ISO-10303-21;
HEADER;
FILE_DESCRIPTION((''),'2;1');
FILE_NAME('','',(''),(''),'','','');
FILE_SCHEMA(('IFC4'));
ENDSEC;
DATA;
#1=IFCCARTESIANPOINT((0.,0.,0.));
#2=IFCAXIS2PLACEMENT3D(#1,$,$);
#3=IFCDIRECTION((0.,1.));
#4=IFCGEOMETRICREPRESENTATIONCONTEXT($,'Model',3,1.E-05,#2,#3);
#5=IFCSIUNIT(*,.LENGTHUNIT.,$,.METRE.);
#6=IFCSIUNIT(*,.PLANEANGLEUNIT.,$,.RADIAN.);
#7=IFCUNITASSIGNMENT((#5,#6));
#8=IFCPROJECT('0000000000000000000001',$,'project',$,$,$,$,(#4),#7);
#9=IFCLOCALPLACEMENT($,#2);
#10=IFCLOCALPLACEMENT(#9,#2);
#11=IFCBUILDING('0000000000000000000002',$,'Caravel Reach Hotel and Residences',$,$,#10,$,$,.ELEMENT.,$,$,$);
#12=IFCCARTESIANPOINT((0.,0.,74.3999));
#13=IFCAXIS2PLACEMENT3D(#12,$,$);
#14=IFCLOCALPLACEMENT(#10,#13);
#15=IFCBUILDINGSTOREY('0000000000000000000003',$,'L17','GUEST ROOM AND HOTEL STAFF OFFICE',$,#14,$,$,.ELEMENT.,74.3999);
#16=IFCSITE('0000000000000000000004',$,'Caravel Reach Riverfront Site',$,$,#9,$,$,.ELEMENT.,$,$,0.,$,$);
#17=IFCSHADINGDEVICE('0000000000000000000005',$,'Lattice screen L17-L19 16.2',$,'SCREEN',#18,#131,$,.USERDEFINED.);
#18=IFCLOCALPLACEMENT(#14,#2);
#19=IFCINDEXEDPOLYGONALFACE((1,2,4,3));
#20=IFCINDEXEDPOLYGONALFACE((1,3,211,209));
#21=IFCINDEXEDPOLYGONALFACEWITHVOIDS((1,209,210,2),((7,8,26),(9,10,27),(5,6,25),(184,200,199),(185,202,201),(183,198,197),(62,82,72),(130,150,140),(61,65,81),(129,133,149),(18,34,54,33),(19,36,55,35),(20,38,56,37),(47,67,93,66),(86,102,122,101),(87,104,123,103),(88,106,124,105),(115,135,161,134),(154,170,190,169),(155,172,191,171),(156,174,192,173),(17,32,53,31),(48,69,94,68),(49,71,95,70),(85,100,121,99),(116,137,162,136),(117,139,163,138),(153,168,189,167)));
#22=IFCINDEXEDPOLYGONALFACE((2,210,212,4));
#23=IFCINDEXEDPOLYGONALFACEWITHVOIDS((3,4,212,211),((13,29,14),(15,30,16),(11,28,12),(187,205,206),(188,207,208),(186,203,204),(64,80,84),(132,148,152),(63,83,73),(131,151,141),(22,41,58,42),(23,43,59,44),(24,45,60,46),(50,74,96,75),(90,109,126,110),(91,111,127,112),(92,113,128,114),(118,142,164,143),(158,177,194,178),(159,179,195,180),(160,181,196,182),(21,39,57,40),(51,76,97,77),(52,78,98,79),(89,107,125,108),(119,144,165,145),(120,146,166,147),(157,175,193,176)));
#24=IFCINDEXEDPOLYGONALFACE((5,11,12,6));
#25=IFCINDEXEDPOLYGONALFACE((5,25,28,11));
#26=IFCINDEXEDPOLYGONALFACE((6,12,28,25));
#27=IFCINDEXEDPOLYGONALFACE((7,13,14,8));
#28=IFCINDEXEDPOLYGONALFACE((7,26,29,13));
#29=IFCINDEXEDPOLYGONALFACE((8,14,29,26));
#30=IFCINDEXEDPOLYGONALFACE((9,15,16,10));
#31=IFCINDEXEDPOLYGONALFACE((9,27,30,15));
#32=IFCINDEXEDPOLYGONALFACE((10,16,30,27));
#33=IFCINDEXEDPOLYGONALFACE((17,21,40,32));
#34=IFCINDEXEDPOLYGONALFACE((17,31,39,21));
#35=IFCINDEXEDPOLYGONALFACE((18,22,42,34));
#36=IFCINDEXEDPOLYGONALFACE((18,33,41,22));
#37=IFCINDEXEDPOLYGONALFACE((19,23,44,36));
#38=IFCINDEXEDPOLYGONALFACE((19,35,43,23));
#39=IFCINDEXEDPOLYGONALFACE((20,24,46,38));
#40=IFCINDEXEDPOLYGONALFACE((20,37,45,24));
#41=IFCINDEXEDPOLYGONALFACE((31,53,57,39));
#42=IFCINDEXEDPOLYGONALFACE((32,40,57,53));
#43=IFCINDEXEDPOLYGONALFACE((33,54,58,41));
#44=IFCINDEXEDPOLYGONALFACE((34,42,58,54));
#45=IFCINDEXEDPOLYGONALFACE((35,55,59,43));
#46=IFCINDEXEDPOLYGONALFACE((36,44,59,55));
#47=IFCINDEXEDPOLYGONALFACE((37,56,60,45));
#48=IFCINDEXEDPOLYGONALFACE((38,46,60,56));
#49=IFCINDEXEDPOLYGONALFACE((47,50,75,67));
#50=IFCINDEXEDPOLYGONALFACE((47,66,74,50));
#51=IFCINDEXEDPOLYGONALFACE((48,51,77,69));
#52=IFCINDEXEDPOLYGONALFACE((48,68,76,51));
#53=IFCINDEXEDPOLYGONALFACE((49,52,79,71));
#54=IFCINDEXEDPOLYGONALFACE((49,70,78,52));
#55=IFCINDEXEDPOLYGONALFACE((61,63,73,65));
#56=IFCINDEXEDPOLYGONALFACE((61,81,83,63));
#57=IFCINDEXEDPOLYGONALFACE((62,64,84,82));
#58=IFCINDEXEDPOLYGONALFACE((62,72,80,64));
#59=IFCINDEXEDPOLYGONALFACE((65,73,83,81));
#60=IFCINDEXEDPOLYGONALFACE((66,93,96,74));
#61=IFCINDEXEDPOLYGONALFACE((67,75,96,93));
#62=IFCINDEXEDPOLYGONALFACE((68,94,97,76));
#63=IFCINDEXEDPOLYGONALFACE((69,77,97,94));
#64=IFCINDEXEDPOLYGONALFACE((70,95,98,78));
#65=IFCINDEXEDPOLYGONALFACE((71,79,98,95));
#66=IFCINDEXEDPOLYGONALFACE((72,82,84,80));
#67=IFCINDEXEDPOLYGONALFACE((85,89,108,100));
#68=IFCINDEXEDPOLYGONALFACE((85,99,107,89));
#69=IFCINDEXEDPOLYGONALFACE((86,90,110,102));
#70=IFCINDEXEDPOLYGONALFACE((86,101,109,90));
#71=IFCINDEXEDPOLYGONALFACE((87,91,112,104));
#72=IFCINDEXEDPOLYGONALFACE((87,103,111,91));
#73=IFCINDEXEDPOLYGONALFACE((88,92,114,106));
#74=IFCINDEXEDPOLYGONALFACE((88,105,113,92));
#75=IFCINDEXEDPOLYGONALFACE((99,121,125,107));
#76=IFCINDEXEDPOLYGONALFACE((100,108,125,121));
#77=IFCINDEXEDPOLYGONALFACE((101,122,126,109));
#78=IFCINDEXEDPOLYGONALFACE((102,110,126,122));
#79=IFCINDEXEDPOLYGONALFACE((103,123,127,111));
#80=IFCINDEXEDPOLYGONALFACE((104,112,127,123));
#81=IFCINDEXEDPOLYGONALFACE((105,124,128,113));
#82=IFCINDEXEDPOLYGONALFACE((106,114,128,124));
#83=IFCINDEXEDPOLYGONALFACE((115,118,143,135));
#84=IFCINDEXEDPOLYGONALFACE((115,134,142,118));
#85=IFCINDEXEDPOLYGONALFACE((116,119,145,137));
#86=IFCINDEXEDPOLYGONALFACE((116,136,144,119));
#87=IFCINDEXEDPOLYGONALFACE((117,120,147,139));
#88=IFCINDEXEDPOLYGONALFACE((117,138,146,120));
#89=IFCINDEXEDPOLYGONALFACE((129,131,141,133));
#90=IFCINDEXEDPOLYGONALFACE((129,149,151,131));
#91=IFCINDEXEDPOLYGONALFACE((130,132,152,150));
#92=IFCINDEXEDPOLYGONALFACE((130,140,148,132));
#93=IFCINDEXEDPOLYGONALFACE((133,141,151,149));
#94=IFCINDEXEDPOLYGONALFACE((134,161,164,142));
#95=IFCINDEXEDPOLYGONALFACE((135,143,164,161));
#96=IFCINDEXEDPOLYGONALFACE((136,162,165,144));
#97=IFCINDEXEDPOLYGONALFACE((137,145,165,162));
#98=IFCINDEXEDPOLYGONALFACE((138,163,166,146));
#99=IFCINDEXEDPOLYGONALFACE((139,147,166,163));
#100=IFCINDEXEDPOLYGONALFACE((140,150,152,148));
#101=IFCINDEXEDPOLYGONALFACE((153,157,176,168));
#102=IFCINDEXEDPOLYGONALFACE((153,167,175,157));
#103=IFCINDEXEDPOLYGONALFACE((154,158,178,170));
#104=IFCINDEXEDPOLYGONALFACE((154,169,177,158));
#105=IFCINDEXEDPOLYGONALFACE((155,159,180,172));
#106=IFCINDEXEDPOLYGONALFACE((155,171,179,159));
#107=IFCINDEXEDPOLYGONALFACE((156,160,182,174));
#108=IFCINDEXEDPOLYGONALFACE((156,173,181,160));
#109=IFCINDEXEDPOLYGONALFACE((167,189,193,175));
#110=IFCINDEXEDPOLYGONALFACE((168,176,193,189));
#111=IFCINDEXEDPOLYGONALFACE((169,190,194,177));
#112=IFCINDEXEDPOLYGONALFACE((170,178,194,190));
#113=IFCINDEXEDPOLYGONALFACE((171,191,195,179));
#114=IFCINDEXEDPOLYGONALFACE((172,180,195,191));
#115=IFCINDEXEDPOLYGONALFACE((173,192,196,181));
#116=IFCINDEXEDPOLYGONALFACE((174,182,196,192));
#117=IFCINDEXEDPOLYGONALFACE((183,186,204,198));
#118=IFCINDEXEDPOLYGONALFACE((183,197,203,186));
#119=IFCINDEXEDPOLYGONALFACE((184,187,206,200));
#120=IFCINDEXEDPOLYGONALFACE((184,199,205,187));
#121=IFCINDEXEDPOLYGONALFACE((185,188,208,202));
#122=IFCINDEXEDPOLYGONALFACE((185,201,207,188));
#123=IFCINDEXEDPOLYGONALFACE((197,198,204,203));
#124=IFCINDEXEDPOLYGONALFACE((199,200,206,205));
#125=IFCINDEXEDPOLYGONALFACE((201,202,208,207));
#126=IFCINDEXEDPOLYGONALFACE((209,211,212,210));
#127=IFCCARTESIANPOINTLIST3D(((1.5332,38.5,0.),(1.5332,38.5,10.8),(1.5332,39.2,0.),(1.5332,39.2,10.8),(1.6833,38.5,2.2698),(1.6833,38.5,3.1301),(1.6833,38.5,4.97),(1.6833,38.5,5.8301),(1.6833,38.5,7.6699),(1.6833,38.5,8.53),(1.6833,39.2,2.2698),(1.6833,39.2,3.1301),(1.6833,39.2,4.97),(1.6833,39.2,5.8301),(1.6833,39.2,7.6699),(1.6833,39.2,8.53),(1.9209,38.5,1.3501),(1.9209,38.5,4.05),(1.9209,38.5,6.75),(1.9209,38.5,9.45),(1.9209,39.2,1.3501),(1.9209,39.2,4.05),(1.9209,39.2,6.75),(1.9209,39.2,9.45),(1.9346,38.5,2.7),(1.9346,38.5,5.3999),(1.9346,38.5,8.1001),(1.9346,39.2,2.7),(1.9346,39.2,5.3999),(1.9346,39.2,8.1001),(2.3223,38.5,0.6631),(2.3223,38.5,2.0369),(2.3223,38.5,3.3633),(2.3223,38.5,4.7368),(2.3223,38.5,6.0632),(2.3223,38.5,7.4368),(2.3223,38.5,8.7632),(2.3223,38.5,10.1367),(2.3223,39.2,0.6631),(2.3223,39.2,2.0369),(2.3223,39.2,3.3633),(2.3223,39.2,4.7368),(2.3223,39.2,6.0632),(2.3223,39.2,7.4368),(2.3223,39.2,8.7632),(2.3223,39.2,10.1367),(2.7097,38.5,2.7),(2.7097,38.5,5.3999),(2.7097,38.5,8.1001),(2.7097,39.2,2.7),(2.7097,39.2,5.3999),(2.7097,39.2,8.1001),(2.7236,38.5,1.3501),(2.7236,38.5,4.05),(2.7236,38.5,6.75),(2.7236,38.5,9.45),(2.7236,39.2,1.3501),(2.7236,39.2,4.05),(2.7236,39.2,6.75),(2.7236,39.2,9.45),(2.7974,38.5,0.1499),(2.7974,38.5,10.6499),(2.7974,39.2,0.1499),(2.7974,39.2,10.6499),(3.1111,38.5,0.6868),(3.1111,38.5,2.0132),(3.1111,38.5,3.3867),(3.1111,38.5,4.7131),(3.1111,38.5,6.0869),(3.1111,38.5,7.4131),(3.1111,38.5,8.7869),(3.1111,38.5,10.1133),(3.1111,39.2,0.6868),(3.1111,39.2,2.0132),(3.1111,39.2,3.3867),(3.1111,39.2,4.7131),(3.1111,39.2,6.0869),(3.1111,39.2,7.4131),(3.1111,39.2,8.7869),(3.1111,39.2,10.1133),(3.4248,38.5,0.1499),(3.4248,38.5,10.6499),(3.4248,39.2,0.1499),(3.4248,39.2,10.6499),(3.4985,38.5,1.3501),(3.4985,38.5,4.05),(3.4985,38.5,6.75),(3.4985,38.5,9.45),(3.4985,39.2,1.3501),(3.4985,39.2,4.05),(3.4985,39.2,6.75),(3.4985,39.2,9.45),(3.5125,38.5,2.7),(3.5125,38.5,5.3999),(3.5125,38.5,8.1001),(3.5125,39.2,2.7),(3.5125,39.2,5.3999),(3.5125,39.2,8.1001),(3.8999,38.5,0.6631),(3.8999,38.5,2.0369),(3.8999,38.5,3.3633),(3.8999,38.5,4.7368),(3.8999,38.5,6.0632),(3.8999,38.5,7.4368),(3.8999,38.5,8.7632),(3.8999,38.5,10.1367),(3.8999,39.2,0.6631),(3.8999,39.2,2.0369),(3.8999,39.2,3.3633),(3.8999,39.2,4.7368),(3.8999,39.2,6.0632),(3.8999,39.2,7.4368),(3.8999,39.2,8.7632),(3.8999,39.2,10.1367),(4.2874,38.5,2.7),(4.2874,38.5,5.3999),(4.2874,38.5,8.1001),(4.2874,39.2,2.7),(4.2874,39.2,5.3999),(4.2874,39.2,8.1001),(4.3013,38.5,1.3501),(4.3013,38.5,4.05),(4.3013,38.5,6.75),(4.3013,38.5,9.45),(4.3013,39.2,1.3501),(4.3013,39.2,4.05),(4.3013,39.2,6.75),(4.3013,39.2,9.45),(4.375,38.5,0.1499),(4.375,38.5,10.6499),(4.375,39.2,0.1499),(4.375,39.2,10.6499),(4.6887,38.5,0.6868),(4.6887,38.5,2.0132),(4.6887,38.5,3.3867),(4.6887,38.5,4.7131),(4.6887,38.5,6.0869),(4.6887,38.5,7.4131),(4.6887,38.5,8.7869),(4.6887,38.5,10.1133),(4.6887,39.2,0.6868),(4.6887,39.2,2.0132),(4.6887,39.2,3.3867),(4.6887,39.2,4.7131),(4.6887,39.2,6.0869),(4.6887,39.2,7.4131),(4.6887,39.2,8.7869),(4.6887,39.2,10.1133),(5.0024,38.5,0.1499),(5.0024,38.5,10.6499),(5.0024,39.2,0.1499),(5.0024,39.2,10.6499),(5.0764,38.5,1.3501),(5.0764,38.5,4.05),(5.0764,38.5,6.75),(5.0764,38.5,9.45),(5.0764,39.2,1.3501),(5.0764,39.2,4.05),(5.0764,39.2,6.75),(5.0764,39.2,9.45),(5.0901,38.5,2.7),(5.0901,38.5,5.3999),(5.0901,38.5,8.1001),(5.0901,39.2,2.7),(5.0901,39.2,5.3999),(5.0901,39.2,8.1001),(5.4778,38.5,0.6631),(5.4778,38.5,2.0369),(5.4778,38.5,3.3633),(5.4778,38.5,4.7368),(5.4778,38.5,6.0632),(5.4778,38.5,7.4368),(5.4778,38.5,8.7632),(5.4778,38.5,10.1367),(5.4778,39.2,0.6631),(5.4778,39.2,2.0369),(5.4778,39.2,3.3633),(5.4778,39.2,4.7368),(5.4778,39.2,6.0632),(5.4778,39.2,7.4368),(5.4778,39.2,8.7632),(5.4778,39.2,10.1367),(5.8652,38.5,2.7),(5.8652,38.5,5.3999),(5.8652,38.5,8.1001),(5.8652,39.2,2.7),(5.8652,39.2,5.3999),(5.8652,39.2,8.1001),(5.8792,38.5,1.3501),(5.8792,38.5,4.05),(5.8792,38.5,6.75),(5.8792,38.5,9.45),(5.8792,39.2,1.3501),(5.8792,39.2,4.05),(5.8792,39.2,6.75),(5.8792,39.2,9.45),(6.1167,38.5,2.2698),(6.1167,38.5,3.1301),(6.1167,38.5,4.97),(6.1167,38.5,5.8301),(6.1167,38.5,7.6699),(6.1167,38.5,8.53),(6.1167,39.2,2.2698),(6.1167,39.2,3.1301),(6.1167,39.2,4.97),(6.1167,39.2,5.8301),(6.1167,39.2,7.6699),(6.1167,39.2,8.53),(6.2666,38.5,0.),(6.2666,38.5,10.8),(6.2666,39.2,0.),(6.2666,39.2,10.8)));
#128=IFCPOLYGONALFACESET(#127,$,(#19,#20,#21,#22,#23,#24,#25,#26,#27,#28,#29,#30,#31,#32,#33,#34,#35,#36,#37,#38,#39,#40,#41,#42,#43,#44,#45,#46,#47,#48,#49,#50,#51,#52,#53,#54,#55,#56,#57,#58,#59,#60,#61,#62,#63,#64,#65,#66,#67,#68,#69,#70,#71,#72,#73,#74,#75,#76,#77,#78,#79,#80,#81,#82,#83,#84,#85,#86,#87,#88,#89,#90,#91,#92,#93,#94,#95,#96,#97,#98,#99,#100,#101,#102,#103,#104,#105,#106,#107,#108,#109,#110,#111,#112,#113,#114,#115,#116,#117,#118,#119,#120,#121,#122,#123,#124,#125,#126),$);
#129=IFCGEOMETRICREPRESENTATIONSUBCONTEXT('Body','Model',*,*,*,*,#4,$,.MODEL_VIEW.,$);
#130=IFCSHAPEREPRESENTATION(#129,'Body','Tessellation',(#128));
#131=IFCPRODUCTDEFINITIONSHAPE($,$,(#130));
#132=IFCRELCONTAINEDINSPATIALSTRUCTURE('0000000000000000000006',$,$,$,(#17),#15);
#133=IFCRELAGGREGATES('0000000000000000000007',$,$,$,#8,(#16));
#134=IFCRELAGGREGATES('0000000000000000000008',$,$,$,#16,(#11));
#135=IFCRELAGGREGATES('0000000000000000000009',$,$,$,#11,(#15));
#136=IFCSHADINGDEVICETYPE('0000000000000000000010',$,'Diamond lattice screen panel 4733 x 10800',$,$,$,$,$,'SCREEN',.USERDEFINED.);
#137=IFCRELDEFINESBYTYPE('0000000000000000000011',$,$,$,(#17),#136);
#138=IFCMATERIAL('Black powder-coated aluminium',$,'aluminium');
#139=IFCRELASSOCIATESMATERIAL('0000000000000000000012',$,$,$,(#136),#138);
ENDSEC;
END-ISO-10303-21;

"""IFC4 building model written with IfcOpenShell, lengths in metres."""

from ifc_helpers import new_model, si_unit, direction, frame, origin, place, context, subcontext, project, spatial, polyline, outline, extrude, material, type_object, element, save


model = new_model("IFC4")

# Units and contexts
model_context = context("Model", 3, precision=1e-05, world=origin(), true_north=direction((0.0, 1.0)))
body_context = subcontext(model_context, "Body", "Model", "MODEL_VIEW")
ifc_project = project(units=[si_unit("LENGTHUNIT", "METRE"), si_unit("PLANEANGLEUNIT", "RADIAN")], contexts=[model_context])

# Site, building, storey
site_placement = place(None, origin())
site = spatial("IfcSite", under=ifc_project, at=site_placement, Name="Caravel Reach Riverfront Site", CompositionType="ELEMENT", RefElevation=0.0)
building_placement = place(site_placement, origin())
building = spatial("IfcBuilding", under=site, at=building_placement, Name="Caravel Reach Hotel and Residences", CompositionType="ELEMENT")
storey_placement = place(building_placement, frame((0.0, 0.0, 74.3999)))
storey = spatial("IfcBuildingStorey", under=building, at=storey_placement, Name="L17", Description="GUEST ROOM AND HOTEL STAFF OFFICE", CompositionType="ELEMENT", Elevation=74.3999)

# Shading device
ifc_material_1 = material(Name="Black powder-coated aluminium", Category="aluminium")
shading_device_type_1 = type_object("IfcShadingDeviceType", Name="Diamond lattice screen panel 4733 x 10800", ElementType="SCREEN", PredefinedType="USERDEFINED", material=ifc_material_1)
shading_device_1_placement = place(storey_placement, frame((6.2666, 38.5, 0.0), z_axis=(0.0, 1.0, 0.0), x_axis=(-1.0, 0.0, 0.0)))
element("IfcShadingDevice", 1, at=shading_device_1_placement, inside=storey, type_object=shading_device_type_1, Name="Lattice screen L17-L19 16.2", ObjectType="SCREEN", PredefinedType="USERDEFINED", context=body_context, shape_type="SweptSolid", body=[
    extrude(outline(polyline([(0.0, 0.0), (4.7334, 0.0), (4.7334, 10.8), (0.0, 10.8), (0.0, 0.0)]), holes=[polyline([(0.4014, 2.7), (0.1499, 3.1301), (0.1499, 2.2698), (0.4014, 2.7)]), polyline([(0.4014, 5.3999), (0.1499, 5.8301), (0.1499, 4.97), (0.4014, 5.3999)]), polyline([(0.4014, 8.1001), (0.1499, 8.53), (0.1499, 7.6699), (0.4014, 8.1001)]), polyline([(0.7888, 2.0369), (0.3875, 1.3501), (0.7888, 0.6631), (1.1902, 1.3501), (0.7888, 2.0369)]), polyline([(0.7888, 4.7368), (0.3875, 4.05), (0.7888, 3.3633), (1.1902, 4.05), (0.7888, 4.7368)]), polyline([(0.7888, 7.4368), (0.3875, 6.75), (0.7888, 6.0632), (1.1902, 6.75), (0.7888, 7.4368)]), polyline([(0.7888, 10.1367), (0.3875, 9.45), (0.7888, 8.7632), (1.1902, 9.45), (0.7888, 10.1367)]), polyline([(1.5779, 0.6868), (1.2642, 0.1499), (1.8916, 0.1499), (1.5779, 0.6868)]), polyline([(1.5779, 3.3867), (1.1765, 2.7), (1.5779, 2.0132), (1.9792, 2.7), (1.5779, 3.3867)]), polyline([(1.5779, 6.0869), (1.1765, 5.3999), (1.5779, 4.7131), (1.9792, 5.3999), (1.5779, 6.0869)]), polyline([(1.5779, 8.7869), (1.1765, 8.1001), (1.5779, 7.4131), (1.9792, 8.1001), (1.5779, 8.7869)]), polyline([(1.5779, 10.1133), (1.8916, 10.6499), (1.2642, 10.6499), (1.5779, 10.1133)]), polyline([(2.3667, 2.0369), (1.9653, 1.3501), (2.3667, 0.6631), (2.7681, 1.3501), (2.3667, 2.0369)]), polyline([(2.3667, 4.7368), (1.9653, 4.05), (2.3667, 3.3633), (2.7681, 4.05), (2.3667, 4.7368)]), polyline([(2.3667, 7.4368), (1.9653, 6.75), (2.3667, 6.0632), (2.7681, 6.75), (2.3667, 7.4368)]), polyline([(2.3667, 10.1367), (1.9653, 9.45), (2.3667, 8.7632), (2.7681, 9.45), (2.3667, 10.1367)]), polyline([(3.1555, 0.6868), (2.8418, 0.1499), (3.4692, 0.1499), (3.1555, 0.6868)]), polyline([(3.1555, 3.3867), (2.7542, 2.7), (3.1555, 2.0132), (3.5569, 2.7), (3.1555, 3.3867)]), polyline([(3.1555, 6.0869), (2.7542, 5.3999), (3.1555, 4.7131), (3.5569, 5.3999), (3.1555, 6.0869)]), polyline([(3.1555, 8.7869), (2.7542, 8.1001), (3.1555, 7.4131), (3.5569, 8.1001), (3.1555, 8.7869)]), polyline([(3.1555, 10.1133), (3.4692, 10.6499), (2.8418, 10.6499), (3.1555, 10.1133)]), polyline([(3.9443, 2.0369), (3.543, 1.3501), (3.9443, 0.6631), (4.3457, 1.3501), (3.9443, 2.0369)]), polyline([(3.9443, 4.7368), (3.543, 4.05), (3.9443, 3.3633), (4.3457, 4.05), (3.9443, 4.7368)]), polyline([(3.9443, 7.4368), (3.543, 6.75), (3.9443, 6.0632), (4.3457, 6.75), (3.9443, 7.4368)]), polyline([(3.9443, 10.1367), (3.543, 9.45), (3.9443, 8.7632), (4.3457, 9.45), (3.9443, 10.1367)]), polyline([(4.332, 2.7), (4.5833, 2.2698), (4.5833, 3.1301), (4.332, 2.7)]), polyline([(4.332, 5.3999), (4.5833, 4.97), (4.5833, 5.8301), (4.332, 5.3999)]), polyline([(4.332, 8.1001), (4.5833, 7.6699), (4.5833, 8.53), (4.332, 8.1001)])]), origin(), (0.0, 0.0, 1.0), 0.7),
])

save(model, "model.ifc")
